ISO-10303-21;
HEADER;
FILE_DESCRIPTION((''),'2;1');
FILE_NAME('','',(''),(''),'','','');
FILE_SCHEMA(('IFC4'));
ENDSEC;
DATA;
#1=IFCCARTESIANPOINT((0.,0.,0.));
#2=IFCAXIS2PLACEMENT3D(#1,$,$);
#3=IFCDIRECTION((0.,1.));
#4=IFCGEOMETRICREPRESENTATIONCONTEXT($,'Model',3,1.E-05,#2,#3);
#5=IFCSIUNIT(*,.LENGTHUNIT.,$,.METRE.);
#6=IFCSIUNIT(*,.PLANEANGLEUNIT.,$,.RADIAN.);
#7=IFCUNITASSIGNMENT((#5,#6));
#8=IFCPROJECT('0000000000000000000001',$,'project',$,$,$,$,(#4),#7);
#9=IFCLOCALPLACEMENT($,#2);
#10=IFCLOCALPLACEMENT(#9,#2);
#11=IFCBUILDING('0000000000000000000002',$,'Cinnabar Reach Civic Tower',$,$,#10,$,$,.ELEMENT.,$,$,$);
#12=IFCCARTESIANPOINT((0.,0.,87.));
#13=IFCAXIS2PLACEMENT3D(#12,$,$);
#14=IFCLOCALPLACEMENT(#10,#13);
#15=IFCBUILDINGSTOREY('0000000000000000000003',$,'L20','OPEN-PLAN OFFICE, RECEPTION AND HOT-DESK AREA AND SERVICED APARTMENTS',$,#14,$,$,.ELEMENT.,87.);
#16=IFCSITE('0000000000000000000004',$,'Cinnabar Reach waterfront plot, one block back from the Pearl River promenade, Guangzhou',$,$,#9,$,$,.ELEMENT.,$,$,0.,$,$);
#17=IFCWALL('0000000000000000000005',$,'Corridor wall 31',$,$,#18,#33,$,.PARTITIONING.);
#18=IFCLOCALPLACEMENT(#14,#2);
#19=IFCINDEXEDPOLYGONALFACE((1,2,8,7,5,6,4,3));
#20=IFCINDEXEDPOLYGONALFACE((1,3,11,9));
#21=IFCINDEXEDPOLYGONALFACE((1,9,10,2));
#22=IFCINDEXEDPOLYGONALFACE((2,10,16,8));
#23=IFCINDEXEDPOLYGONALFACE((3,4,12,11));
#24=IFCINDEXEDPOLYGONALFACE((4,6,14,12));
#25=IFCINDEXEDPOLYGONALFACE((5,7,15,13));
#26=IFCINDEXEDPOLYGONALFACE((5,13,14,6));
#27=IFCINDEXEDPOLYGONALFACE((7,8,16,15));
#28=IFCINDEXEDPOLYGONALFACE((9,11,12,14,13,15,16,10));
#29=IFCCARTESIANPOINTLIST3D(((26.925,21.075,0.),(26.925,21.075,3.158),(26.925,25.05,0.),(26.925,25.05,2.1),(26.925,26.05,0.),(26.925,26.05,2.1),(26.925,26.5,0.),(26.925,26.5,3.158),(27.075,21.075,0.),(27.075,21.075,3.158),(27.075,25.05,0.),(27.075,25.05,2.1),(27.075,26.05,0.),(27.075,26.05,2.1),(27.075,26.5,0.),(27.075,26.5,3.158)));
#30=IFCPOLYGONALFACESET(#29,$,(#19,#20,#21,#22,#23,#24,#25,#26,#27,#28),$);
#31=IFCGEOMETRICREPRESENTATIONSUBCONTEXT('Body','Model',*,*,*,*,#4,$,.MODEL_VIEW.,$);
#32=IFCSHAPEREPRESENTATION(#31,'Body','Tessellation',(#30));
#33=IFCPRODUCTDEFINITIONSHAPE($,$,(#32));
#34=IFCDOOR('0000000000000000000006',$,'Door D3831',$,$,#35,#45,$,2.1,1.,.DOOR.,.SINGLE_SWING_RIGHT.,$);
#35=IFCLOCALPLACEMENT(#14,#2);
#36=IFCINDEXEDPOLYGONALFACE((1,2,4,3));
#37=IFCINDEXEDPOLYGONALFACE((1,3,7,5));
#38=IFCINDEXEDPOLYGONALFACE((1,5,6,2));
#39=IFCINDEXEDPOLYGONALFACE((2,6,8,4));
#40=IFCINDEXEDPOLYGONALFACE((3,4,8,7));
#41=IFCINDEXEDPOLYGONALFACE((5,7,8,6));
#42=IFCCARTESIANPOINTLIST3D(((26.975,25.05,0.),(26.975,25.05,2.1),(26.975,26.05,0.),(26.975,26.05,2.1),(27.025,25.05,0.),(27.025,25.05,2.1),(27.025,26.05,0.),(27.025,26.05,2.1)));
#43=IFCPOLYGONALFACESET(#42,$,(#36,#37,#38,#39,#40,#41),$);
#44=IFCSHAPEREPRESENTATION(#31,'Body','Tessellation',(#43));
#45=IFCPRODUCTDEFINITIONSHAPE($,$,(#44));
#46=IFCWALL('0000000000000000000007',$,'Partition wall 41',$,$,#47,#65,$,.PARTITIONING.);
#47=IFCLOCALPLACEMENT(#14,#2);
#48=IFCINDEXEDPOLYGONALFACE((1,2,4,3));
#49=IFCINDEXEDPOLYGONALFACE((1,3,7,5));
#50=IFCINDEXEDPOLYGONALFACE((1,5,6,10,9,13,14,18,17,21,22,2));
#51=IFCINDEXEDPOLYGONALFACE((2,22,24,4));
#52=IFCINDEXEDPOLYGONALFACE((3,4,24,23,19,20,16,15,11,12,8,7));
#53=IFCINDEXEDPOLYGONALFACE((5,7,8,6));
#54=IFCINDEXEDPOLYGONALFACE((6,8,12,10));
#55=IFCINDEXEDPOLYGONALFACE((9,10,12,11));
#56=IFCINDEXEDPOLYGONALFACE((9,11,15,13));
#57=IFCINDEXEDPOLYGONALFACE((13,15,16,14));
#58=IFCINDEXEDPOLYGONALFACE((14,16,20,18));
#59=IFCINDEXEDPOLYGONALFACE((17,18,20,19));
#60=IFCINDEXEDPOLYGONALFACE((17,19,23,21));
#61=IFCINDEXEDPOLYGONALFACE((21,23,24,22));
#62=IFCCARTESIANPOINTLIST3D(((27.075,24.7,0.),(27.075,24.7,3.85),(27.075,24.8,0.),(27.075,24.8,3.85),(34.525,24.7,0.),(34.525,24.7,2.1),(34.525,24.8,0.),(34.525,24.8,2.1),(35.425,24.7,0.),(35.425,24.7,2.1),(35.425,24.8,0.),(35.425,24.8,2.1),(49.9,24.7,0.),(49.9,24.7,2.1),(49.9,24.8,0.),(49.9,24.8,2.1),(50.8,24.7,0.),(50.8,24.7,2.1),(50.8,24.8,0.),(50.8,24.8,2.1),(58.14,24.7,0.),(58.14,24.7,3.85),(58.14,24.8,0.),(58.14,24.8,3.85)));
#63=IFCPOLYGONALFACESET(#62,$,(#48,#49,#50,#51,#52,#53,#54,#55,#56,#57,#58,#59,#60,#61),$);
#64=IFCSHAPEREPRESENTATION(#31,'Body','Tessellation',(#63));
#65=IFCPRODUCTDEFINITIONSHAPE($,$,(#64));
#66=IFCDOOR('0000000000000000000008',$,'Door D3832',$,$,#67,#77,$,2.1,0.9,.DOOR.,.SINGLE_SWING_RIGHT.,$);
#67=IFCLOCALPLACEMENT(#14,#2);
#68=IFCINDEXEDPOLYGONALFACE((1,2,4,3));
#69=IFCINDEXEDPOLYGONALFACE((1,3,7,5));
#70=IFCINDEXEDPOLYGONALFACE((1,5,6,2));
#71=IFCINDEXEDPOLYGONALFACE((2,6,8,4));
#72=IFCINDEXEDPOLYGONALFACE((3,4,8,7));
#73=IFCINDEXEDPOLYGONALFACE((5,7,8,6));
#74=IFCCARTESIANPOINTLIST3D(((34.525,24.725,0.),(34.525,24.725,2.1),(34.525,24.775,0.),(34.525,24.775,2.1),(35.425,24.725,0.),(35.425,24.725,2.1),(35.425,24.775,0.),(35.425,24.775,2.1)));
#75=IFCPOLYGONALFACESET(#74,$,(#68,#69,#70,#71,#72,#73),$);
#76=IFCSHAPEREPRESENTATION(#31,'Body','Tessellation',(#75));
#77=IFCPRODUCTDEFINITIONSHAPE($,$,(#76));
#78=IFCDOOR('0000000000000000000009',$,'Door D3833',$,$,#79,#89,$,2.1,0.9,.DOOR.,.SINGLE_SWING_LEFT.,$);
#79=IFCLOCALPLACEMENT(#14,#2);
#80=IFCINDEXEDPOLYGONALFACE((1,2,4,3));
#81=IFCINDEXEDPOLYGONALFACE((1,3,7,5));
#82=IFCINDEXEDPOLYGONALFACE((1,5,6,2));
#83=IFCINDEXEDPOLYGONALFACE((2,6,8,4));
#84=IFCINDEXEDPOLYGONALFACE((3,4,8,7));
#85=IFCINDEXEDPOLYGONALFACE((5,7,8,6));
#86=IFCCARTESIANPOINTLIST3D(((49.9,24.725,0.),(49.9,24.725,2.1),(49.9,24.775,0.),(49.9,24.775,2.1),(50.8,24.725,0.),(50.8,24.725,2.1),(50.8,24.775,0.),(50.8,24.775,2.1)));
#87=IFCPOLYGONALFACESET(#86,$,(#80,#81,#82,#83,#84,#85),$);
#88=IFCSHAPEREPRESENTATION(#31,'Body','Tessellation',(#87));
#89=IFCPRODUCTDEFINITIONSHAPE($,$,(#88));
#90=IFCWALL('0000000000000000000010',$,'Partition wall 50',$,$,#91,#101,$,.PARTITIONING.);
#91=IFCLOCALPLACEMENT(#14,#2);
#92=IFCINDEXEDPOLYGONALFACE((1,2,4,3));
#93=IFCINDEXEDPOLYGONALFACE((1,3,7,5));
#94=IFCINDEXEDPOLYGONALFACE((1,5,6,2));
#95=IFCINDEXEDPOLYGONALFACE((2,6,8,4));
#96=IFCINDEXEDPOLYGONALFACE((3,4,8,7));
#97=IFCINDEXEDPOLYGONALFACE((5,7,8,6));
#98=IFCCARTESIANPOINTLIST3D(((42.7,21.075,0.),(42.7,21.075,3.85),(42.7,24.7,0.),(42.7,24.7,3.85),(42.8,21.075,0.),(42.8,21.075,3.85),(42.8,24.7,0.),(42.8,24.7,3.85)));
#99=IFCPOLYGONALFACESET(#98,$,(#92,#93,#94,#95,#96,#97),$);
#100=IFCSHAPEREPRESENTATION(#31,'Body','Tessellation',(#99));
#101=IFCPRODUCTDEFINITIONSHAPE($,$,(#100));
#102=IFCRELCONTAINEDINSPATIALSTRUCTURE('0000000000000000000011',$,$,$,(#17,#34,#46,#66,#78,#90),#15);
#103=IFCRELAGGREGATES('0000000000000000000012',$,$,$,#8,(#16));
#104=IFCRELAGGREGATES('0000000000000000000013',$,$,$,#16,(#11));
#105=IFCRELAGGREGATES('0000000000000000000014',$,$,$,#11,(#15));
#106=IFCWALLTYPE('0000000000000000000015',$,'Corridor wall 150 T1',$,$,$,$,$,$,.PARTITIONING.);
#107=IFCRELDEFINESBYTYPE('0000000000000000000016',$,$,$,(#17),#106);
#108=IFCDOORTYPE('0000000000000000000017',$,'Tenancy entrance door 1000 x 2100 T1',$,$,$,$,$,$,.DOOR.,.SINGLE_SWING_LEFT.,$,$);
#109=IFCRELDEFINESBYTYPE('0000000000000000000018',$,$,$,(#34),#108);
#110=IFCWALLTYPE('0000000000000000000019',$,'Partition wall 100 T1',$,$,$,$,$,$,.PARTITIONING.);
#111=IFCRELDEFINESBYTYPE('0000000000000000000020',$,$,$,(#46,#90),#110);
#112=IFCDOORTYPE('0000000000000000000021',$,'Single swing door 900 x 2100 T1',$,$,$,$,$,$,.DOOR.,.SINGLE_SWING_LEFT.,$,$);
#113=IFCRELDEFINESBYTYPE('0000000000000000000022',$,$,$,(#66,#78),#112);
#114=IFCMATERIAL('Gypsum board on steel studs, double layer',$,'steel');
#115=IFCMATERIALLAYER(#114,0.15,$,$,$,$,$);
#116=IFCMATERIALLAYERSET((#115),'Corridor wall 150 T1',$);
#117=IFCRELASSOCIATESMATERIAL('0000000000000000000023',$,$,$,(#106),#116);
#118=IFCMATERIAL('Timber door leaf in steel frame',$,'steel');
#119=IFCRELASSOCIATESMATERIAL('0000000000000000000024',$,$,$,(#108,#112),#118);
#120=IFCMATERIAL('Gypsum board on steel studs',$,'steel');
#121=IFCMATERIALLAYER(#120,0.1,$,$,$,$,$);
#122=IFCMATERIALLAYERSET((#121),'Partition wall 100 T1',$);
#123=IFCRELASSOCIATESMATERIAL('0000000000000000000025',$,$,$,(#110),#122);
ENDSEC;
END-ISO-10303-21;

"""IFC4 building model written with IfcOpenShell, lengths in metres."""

from ifc_helpers import new_model, si_unit, direction, frame, frame_2d, origin, place, context, subcontext, project, spatial, rectangle, extrude, material, layer, layer_set, type_object, element, fill, save


model = new_model("IFC4")

# Units and contexts
model_context = context("Model", 3, precision=1e-05, world=origin(), true_north=direction((0.0, 1.0)))
body_context = subcontext(model_context, "Body", "Model", "MODEL_VIEW")
ifc_project = project(units=[si_unit("LENGTHUNIT", "METRE"), si_unit("PLANEANGLEUNIT", "RADIAN")], contexts=[model_context])

# Site, building, storey
site_placement = place(None, origin())
site = spatial("IfcSite", under=ifc_project, at=site_placement, Name="Cinnabar Reach waterfront plot, one block back from the Pearl River promenade, Guangzhou", CompositionType="ELEMENT", RefElevation=0.0)
building_placement = place(site_placement, origin())
building = spatial("IfcBuilding", under=site, at=building_placement, Name="Cinnabar Reach Civic Tower", CompositionType="ELEMENT")
storey_placement = place(building_placement, frame((0.0, 0.0, 87.0)))
storey = spatial("IfcBuildingStorey", under=building, at=storey_placement, Name="L20", Description="OPEN-PLAN OFFICE, RECEPTION AND HOT-DESK AREA AND SERVICED APARTMENTS", CompositionType="ELEMENT", Elevation=87.0)

# Wall, opening, door
ifc_material_1 = material(Name="Gypsum board on steel studs, double layer", Category="steel")
ifc_layer_1 = layer(ifc_material_1, 0.15)
ifc_layer_set_1 = layer_set([ifc_layer_1], Name="Corridor wall 150 T1")
wall_type_1 = type_object("IfcWallType", Name="Corridor wall 150 T1", PredefinedType="PARTITIONING", material=ifc_layer_set_1)
ifc_material_2 = material(Name="Timber door leaf in steel frame", Category="steel")
wall_1_placement = place(storey_placement, frame((27.0, 21.075, 0.0), z_axis=(0.0, 0.0, 1.0), x_axis=(0.0, 1.0, 0.0)))
wall_1 = element("IfcWall", 1, at=wall_1_placement, inside=storey, type_object=wall_type_1, Name="Corridor wall 31", PredefinedType="PARTITIONING", context=body_context, shape_type="SweptSolid", body=[
    extrude(rectangle(XDim=5.425, YDim=0.15, at=frame_2d((2.7125, 0.0))), origin(), (0.0, 0.0, 1.0), 3.158),
])
opening_1_placement = place(wall_1_placement, frame((3.975, 0.0, 0.0)))
opening_1 = element("IfcOpeningElement", 2, at=opening_1_placement, cuts=wall_1, PredefinedType="OPENING", context=body_context, shape_type="SweptSolid", body=[
    extrude(rectangle(XDim=1.0, YDim=2.1, at=frame_2d((0.5, 1.05))), frame((0.0, 0.085, 0.0), z_axis=(0.0, -1.0, 0.0), x_axis=(1.0, 0.0, 0.0)), (0.0, 0.0, 1.0), 0.17),
])
door_type_1 = type_object("IfcDoorType", Name="Tenancy entrance door 1000 x 2100 T1", OperationType="SINGLE_SWING_LEFT", PredefinedType="DOOR", material=ifc_material_2)
door_1_placement = place(opening_1_placement, frame((1.0, 0.0, 0.0), z_axis=(0.0, 0.0, 1.0), x_axis=(-1.0, 0.0, 0.0)))
door_1 = element("IfcDoor", 3, at=door_1_placement, inside=storey, type_object=door_type_1, Name="Door D3831", OperationType="SINGLE_SWING_RIGHT", OverallHeight=2.1, OverallWidth=1.0, PredefinedType="DOOR", context=body_context, shape_type="SweptSolid", body=[
    extrude(rectangle(XDim=1.0, YDim=2.1, at=frame_2d((0.5, 1.05))), frame((0.0, 0.025, 0.0), z_axis=(0.0, -1.0, 0.0), x_axis=(1.0, 0.0, 0.0)), (0.0, 0.0, 1.0), 0.05),
])
fill(opening_1, door_1)

# Wall, openings, doors
ifc_material_3 = material(Name="Gypsum board on steel studs", Category="steel")
ifc_layer_2 = layer(ifc_material_3, 0.1)
ifc_layer_set_2 = layer_set([ifc_layer_2], Name="Partition wall 100 T1")
wall_type_2 = type_object("IfcWallType", Name="Partition wall 100 T1", PredefinedType="PARTITIONING", material=ifc_layer_set_2)
wall_2_placement = place(storey_placement, frame((27.075, 24.75, 0.0), z_axis=(0.0, 0.0, 1.0), x_axis=(1.0, 0.0, 0.0)))
wall_2 = element("IfcWall", 4, at=wall_2_placement, inside=storey, type_object=wall_type_2, Name="Partition wall 41", PredefinedType="PARTITIONING", context=body_context, shape_type="SweptSolid", body=[
    extrude(rectangle(XDim=31.065, YDim=0.1, at=frame_2d((15.5325, 0.0))), origin(), (0.0, 0.0, 1.0), 3.85),
])
opening_2_placement = place(wall_2_placement, frame((7.45, 0.0, 0.0)))
opening_2 = element("IfcOpeningElement", 5, at=opening_2_placement, cuts=wall_2, PredefinedType="OPENING", context=body_context, shape_type="SweptSolid", body=[
    extrude(rectangle(XDim=0.9, YDim=2.1, at=frame_2d((0.45, 1.05))), frame((0.0, 0.06, 0.0), z_axis=(0.0, -1.0, 0.0), x_axis=(1.0, 0.0, 0.0)), (0.0, 0.0, 1.0), 0.12),
])
opening_3_placement = place(wall_2_placement, frame((22.825, 0.0, 0.0)))
opening_3 = element("IfcOpeningElement", 6, at=opening_3_placement, cuts=wall_2, PredefinedType="OPENING", context=body_context, shape_type="SweptSolid", body=[
    extrude(rectangle(XDim=0.9, YDim=2.1, at=frame_2d((0.45, 1.05))), frame((0.0, 0.06, 0.0), z_axis=(0.0, -1.0, 0.0), x_axis=(1.0, 0.0, 0.0)), (0.0, 0.0, 1.0), 0.12),
])
door_type_2 = type_object("IfcDoorType", Name="Single swing door 900 x 2100 T1", OperationType="SINGLE_SWING_LEFT", PredefinedType="DOOR", material=ifc_material_2)
door_2_placement = place(opening_2_placement, frame((0.9, 0.0, 0.0), z_axis=(0.0, 0.0, 1.0), x_axis=(-1.0, 0.0, 0.0)))
door_2 = element("IfcDoor", 7, at=door_2_placement, inside=storey, type_object=door_type_2, Name="Door D3832", OperationType="SINGLE_SWING_RIGHT", OverallHeight=2.1, OverallWidth=0.9, PredefinedType="DOOR", context=body_context, shape_type="SweptSolid", body=[
    extrude(rectangle(XDim=0.9, YDim=2.1, at=frame_2d((0.45, 1.05))), frame((0.0, 0.025, 0.0), z_axis=(0.0, -1.0, 0.0), x_axis=(1.0, 0.0, 0.0)), (0.0, 0.0, 1.0), 0.05),
])
fill(opening_2, door_2)
door_3_placement = place(opening_3_placement, frame((0.9, 0.0, 0.0), z_axis=(0.0, 0.0, 1.0), x_axis=(-1.0, 0.0, 0.0)))
door_3 = element("IfcDoor", 8, at=door_3_placement, inside=storey, type_object=door_type_2, Name="Door D3833", OperationType="SINGLE_SWING_LEFT", OverallHeight=2.1, OverallWidth=0.9, PredefinedType="DOOR", context=body_context, shape_type="SweptSolid", body=[
    extrude(rectangle(XDim=0.9, YDim=2.1, at=frame_2d((0.45, 1.05))), frame((0.0, 0.025, 0.0), z_axis=(0.0, -1.0, 0.0), x_axis=(1.0, 0.0, 0.0)), (0.0, 0.0, 1.0), 0.05),
])
fill(opening_3, door_3)

# Wall
wall_3_placement = place(storey_placement, frame((42.75, 21.075, 0.0), z_axis=(0.0, 0.0, 1.0), x_axis=(0.0, 1.0, 0.0)))
element("IfcWall", 9, at=wall_3_placement, inside=storey, type_object=wall_type_2, Name="Partition wall 50", PredefinedType="PARTITIONING", context=body_context, shape_type="SweptSolid", body=[
    extrude(rectangle(XDim=3.625, YDim=0.1, at=frame_2d((1.8125, 0.0))), origin(), (0.0, 0.0, 1.0), 3.85),
])

save(model, "model.ifc")
